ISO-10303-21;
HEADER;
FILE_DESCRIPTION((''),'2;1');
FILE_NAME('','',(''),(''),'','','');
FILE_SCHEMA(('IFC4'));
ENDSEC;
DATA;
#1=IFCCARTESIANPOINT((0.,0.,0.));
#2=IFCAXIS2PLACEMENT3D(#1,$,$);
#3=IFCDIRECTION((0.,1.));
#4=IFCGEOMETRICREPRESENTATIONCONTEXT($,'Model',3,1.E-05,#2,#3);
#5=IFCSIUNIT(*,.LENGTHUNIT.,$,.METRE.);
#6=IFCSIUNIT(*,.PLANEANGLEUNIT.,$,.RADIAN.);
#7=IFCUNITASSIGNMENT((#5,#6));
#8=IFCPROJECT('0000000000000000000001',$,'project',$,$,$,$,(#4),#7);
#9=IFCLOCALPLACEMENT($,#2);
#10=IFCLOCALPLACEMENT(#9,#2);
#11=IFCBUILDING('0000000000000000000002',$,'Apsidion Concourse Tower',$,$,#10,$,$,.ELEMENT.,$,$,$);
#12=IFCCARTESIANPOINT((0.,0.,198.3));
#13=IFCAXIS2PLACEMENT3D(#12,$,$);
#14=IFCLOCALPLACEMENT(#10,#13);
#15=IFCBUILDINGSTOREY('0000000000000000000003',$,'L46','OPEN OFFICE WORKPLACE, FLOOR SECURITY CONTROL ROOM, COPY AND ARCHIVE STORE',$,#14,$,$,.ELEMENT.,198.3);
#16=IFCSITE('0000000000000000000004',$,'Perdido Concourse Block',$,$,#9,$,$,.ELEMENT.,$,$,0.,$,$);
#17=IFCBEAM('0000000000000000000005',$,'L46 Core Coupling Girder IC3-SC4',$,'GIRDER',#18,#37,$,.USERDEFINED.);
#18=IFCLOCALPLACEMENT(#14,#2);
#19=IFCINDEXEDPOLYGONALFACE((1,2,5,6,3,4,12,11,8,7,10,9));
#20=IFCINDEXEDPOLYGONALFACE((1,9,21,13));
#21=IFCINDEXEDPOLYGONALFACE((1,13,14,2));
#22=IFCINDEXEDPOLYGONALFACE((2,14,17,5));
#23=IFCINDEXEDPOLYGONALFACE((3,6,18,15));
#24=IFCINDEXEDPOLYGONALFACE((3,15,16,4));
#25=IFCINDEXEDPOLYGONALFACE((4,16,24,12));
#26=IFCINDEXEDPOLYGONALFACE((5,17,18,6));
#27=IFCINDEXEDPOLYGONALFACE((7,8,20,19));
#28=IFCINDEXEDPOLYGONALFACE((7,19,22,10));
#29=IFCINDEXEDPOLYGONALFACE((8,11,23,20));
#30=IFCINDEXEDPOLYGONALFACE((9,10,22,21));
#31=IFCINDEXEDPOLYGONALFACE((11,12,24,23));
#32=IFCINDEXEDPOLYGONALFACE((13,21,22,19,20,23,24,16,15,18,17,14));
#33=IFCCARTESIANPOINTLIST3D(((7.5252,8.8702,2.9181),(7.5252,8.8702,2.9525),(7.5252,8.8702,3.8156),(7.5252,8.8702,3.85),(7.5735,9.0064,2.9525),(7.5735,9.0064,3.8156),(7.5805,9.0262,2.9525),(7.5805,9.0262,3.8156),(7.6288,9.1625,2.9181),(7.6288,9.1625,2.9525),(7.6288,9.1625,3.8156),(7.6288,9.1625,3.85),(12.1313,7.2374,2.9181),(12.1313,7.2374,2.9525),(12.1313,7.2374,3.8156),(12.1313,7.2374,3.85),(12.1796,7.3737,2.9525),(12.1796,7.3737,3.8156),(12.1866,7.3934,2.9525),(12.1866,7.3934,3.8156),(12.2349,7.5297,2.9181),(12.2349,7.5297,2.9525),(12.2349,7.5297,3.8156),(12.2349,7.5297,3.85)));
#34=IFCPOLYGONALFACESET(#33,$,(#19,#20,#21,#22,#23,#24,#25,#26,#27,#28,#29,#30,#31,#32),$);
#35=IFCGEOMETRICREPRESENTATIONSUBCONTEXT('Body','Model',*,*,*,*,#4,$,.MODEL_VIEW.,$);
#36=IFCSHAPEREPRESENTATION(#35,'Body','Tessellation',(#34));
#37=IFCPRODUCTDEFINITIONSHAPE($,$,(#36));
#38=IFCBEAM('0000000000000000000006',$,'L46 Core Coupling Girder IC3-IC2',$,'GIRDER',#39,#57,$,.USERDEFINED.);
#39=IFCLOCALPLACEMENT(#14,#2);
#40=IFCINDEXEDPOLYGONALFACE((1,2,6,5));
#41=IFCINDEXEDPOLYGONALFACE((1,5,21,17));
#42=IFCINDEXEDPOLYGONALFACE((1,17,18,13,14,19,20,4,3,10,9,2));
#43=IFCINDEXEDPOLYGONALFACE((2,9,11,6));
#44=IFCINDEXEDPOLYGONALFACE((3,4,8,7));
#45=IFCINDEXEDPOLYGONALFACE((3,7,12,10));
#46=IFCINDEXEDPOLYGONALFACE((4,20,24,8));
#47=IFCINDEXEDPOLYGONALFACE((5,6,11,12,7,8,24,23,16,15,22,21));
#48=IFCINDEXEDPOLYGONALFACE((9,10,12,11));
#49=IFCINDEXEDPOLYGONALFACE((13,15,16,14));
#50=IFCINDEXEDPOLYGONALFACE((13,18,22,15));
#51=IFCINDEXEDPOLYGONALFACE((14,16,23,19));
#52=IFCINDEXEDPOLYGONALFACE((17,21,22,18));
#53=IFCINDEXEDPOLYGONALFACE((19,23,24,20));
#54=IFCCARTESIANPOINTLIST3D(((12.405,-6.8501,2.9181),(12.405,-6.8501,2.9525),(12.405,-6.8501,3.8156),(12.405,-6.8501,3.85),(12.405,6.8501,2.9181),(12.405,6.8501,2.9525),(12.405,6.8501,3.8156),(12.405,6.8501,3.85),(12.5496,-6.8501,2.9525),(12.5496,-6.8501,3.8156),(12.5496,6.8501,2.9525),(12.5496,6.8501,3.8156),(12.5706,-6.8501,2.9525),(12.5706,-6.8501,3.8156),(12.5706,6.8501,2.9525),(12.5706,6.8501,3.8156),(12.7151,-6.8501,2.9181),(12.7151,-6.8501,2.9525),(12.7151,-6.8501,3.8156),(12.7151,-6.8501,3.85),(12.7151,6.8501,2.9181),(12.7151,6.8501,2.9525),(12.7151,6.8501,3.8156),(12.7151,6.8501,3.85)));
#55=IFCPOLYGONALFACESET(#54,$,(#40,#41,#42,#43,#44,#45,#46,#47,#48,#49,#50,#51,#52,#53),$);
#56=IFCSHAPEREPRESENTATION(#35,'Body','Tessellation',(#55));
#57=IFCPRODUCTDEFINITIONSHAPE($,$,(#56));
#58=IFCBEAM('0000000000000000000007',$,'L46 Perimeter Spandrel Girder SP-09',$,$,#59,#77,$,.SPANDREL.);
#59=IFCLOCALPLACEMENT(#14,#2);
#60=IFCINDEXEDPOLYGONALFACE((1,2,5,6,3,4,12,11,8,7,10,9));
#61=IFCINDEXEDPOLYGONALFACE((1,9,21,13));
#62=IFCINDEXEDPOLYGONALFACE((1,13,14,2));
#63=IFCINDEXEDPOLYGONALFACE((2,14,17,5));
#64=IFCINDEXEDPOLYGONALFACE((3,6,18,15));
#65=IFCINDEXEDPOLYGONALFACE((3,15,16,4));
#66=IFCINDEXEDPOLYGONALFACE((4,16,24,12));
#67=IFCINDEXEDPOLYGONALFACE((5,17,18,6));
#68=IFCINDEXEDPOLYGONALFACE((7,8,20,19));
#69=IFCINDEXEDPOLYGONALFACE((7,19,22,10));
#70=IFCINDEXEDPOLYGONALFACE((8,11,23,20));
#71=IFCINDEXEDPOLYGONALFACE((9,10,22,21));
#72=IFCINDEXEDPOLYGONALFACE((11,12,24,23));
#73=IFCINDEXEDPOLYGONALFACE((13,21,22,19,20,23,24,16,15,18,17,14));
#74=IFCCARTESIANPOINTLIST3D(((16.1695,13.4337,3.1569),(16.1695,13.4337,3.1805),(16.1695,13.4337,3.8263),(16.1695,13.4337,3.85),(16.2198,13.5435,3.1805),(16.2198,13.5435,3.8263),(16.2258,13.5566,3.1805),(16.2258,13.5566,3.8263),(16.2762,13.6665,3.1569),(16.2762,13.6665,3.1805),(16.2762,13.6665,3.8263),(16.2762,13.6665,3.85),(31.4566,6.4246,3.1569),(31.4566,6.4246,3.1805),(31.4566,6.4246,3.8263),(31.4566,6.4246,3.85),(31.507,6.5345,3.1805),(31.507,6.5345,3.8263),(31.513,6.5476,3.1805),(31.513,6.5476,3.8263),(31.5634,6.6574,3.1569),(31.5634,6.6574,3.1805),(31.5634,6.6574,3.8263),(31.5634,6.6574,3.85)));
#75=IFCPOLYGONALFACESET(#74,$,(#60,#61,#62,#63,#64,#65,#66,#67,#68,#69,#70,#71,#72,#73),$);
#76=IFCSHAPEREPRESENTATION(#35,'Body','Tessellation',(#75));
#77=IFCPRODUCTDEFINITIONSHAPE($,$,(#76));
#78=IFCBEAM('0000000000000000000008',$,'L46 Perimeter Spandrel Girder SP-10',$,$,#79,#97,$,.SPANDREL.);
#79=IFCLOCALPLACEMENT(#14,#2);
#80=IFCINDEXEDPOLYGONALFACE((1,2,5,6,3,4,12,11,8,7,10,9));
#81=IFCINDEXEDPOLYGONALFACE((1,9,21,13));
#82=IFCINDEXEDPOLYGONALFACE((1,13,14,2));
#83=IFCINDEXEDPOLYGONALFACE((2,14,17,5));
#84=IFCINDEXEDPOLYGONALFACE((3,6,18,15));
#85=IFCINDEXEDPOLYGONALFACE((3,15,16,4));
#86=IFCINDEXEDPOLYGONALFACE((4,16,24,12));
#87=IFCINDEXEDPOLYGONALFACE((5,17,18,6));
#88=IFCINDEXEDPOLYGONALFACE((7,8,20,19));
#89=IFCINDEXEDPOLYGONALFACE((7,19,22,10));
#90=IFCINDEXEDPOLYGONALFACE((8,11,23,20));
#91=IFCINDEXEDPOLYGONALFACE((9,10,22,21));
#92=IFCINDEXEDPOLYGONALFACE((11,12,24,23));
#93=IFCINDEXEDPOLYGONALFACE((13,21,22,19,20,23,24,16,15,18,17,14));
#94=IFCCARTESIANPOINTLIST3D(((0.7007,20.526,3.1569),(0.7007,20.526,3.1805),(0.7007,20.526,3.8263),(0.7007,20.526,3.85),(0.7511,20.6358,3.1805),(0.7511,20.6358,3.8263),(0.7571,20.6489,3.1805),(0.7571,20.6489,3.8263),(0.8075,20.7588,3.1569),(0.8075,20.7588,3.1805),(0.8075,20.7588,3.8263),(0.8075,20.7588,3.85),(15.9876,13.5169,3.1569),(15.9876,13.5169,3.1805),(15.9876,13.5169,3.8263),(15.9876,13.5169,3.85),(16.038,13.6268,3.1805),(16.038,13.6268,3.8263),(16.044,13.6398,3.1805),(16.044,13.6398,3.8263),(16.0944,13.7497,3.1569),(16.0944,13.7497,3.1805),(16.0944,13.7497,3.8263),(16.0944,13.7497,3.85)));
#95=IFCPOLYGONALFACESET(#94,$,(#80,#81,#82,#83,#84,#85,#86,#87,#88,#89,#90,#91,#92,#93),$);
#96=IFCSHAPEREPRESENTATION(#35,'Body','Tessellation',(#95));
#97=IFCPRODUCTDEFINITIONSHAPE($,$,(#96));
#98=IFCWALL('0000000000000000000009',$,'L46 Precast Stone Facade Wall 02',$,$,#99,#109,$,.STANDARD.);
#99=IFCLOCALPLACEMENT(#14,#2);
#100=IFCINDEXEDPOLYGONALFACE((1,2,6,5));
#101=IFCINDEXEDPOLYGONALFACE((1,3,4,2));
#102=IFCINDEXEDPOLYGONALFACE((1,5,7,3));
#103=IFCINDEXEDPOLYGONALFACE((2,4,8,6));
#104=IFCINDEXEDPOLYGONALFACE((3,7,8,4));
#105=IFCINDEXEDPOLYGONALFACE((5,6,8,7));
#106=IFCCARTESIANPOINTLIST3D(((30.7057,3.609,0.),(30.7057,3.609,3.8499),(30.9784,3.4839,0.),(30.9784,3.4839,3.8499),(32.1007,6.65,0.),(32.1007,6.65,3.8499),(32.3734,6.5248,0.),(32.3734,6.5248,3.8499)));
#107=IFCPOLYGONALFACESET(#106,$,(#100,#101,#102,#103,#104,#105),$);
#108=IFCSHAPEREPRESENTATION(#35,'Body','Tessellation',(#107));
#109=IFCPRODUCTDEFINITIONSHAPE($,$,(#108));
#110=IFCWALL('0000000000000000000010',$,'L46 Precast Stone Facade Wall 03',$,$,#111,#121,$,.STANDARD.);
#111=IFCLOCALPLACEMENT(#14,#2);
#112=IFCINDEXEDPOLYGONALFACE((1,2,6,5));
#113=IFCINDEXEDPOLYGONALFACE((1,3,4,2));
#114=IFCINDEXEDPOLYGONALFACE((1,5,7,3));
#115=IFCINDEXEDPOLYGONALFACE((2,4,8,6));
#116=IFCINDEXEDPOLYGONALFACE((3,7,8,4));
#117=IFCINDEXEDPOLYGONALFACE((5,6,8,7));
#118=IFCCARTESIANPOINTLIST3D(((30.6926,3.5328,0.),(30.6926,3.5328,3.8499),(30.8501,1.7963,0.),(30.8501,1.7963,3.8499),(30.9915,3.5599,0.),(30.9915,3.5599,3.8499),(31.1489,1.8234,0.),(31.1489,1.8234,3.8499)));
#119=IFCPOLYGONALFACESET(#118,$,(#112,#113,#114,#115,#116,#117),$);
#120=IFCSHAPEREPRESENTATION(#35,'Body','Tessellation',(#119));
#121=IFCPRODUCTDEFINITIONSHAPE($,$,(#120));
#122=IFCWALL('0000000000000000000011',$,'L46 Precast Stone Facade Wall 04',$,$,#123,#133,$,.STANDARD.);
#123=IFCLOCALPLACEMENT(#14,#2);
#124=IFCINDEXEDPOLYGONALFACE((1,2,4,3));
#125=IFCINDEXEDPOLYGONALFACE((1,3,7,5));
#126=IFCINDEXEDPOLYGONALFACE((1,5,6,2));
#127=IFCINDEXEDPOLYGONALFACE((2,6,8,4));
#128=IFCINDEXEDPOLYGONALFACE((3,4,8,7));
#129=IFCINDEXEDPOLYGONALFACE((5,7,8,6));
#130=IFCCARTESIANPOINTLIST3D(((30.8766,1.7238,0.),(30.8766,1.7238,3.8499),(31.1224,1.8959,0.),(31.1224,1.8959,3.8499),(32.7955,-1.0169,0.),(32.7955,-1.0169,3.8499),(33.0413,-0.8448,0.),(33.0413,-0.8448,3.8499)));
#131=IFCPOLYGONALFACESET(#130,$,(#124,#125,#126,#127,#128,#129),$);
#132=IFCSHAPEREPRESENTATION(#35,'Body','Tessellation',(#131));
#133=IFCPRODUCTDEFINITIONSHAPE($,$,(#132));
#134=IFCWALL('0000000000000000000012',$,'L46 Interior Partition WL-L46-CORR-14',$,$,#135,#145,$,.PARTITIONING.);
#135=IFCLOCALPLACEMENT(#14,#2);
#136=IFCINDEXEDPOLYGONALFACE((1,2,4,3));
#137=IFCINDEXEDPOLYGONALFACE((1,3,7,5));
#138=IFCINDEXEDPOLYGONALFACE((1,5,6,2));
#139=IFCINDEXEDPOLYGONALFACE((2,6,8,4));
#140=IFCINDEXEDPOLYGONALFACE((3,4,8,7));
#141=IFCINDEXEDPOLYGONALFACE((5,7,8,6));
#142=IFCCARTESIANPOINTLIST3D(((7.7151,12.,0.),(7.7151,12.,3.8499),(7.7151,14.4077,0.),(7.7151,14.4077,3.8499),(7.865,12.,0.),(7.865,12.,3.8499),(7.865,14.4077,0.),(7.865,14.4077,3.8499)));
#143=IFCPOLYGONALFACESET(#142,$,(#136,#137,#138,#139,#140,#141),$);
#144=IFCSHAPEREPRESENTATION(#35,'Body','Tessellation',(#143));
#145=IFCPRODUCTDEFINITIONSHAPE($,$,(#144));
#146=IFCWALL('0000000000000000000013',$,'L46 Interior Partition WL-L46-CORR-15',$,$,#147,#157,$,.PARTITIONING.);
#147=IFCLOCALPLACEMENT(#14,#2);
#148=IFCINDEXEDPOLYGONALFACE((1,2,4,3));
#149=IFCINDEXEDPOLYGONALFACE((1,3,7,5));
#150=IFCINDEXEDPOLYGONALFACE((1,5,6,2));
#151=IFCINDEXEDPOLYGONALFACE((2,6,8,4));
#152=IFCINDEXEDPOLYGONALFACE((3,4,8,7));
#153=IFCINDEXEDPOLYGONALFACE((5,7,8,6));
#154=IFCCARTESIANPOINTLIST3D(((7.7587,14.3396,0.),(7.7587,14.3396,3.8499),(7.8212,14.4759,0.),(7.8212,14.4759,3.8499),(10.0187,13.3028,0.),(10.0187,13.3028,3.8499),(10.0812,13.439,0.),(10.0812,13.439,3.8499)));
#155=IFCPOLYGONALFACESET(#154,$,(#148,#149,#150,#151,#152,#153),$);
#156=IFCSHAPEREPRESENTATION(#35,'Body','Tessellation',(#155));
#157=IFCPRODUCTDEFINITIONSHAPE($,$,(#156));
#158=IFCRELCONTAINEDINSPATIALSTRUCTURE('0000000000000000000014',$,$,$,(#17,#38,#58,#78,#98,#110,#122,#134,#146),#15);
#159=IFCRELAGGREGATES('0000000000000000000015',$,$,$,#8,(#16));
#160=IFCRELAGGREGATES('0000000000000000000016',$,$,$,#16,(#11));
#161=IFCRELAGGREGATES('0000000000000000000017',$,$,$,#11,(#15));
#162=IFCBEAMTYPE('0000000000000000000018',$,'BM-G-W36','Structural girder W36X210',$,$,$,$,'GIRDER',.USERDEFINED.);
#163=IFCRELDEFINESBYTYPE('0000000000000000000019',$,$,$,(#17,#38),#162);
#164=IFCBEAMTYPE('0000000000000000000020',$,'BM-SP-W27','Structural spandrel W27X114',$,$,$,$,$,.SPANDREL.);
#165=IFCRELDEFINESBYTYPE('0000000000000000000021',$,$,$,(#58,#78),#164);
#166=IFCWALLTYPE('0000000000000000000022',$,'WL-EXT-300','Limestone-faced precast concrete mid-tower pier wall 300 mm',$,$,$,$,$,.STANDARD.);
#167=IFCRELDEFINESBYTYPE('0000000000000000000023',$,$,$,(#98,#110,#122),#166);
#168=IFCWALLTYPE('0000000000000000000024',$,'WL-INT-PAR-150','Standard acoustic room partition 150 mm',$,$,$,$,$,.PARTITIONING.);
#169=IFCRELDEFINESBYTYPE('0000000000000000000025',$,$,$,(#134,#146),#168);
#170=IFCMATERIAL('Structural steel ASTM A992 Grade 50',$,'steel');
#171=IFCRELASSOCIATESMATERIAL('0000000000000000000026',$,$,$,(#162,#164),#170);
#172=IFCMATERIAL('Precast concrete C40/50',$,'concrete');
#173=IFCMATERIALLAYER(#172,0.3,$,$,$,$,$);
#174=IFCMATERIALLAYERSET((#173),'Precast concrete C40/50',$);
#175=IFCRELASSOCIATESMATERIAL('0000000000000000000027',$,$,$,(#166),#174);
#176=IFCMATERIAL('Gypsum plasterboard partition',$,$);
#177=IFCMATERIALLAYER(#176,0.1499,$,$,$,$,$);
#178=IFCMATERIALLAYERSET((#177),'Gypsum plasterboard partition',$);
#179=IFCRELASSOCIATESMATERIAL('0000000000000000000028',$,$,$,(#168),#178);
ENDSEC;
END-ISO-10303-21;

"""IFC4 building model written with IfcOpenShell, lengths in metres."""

from ifc_helpers import new_model, si_unit, direction, frame, frame_2d, origin, origin_2d, place, context, subcontext, project, spatial, rectangle, i_section, extrude, material, layer, layer_set, material_profile, profile_set, type_object, element, save


model = new_model("IFC4")

# Units and contexts
model_context = context("Model", 3, precision=1e-05, world=origin(), true_north=direction((0.0, 1.0)))
body_context = subcontext(model_context, "Body", "Model", "MODEL_VIEW")
ifc_project = project(units=[si_unit("LENGTHUNIT", "METRE"), si_unit("PLANEANGLEUNIT", "RADIAN")], contexts=[model_context])

# Site, building, storey
site_placement = place(None, origin())
site = spatial("IfcSite", under=ifc_project, at=site_placement, Name="Perdido Concourse Block", CompositionType="ELEMENT", RefElevation=0.0)
building_placement = place(site_placement, origin())
building = spatial("IfcBuilding", under=site, at=building_placement, Name="Apsidion Concourse Tower", CompositionType="ELEMENT")
storey_placement = place(building_placement, frame((0.0, 0.0, 198.3)))
storey = spatial("IfcBuildingStorey", under=building, at=storey_placement, Name="L46", Description="OPEN OFFICE WORKPLACE, FLOOR SECURITY CONTROL ROOM, COPY AND ARCHIVE STORE", CompositionType="ELEMENT", Elevation=198.3)

# Shared definitions
ifc_material_1 = material(Name="Structural steel ASTM A992 Grade 50", Category="steel")

# Beams
ifc_material_profile_1 = material_profile(ifc_material_1, i_section(OverallWidth=0.3101, OverallDepth=0.9319, WebThickness=0.021, FlangeThickness=0.0344, at=origin_2d()), Name="W36X210")
ifc_profile_set_1 = profile_set([ifc_material_profile_1], Name="Structural steel ASTM A992 Grade 50")
beam_type_1 = type_object("IfcBeamType", Name="BM-G-W36", Description="Structural girder W36X210", ElementType="GIRDER", PredefinedType="USERDEFINED", material=ifc_profile_set_1)
beam_1_placement = place(storey_placement, frame((12.1831, 7.3835, 3.384), z_axis=(-0.942534, 0.334111, 0.0), x_axis=(-0.334111, -0.942534, 0.0)))
element("IfcBeam", 1, at=beam_1_placement, inside=storey, type_object=beam_type_1, Name="L46 Core Coupling Girder IC3-SC4", ObjectType="GIRDER", PredefinedType="USERDEFINED", context=body_context, shape_type="SweptSolid", body=[
    extrude(i_section(OverallWidth=0.3101, OverallDepth=0.9319, WebThickness=0.021, FlangeThickness=0.0344, at=origin_2d()), origin(), (0.0, 0.0, 1.0), 4.887),
])
beam_2_placement = place(storey_placement, frame((12.5601, 6.8501, 3.384), z_axis=(0.0, -1.0, 0.0), x_axis=(1.0, 0.0, 0.0)))
element("IfcBeam", 2, at=beam_2_placement, inside=storey, type_object=beam_type_1, Name="L46 Core Coupling Girder IC3-IC2", ObjectType="GIRDER", PredefinedType="USERDEFINED", context=body_context, shape_type="SweptSolid", body=[
    extrude(i_section(OverallWidth=0.3101, OverallDepth=0.9319, WebThickness=0.021, FlangeThickness=0.0344, at=origin_2d()), origin(), (0.0, 0.0, 1.0), 13.7002),
])
ifc_material_profile_2 = material_profile(ifc_material_1, i_section(OverallWidth=0.2561, OverallDepth=0.6931, WebThickness=0.0144, FlangeThickness=0.0237, at=origin_2d()), Name="W27X114")
ifc_profile_set_2 = profile_set([ifc_material_profile_2], Name="Structural steel ASTM A992 Grade 50")
beam_type_2 = type_object("IfcBeamType", Name="BM-SP-W27", Description="Structural spandrel W27X114", PredefinedType="SPANDREL", material=ifc_profile_set_2)
beam_3_placement = place(storey_placement, frame((31.51, 6.541, 3.5034), z_axis=(-0.90901, 0.416775, 0.0), x_axis=(-0.416775, -0.90901, 0.0)))
element("IfcBeam", 3, at=beam_3_placement, inside=storey, type_object=beam_type_2, Name="L46 Perimeter Spandrel Girder SP-09", PredefinedType="SPANDREL", context=body_context, shape_type="SweptSolid", body=[
    extrude(i_section(OverallWidth=0.2561, OverallDepth=0.6931, WebThickness=0.0144, FlangeThickness=0.0237, at=origin_2d()), origin(), (0.0, 0.0, 1.0), 16.8174),
])
beam_4_placement = place(storey_placement, frame((16.041, 13.6333, 3.5034), z_axis=(-0.909007, 0.41678, 0.0), x_axis=(-0.41678, -0.909007, 0.0)))
element("IfcBeam", 4, at=beam_4_placement, inside=storey, type_object=beam_type_2, Name="L46 Perimeter Spandrel Girder SP-10", PredefinedType="SPANDREL", context=body_context, shape_type="SweptSolid", body=[
    extrude(i_section(OverallWidth=0.2561, OverallDepth=0.6931, WebThickness=0.0144, FlangeThickness=0.0237, at=origin_2d()), origin(), (0.0, 0.0, 1.0), 16.8171),
])

# Walls
ifc_material_2 = material(Name="Precast concrete C40/50", Category="concrete")
ifc_layer_1 = layer(ifc_material_2, 0.3)
ifc_layer_set_1 = layer_set([ifc_layer_1], Name="Precast concrete C40/50")
wall_type_1 = type_object("IfcWallType", Name="WL-EXT-300", Description="Limestone-faced precast concrete mid-tower pier wall 300 mm", PredefinedType="STANDARD", material=ifc_layer_set_1)
wall_1_placement = place(storey_placement, frame((32.2371, 6.5874, 0.0), z_axis=(0.0, 0.0, 1.0), x_axis=(-0.416956, -0.908927, 0.0)))
element("IfcWall", 5, at=wall_1_placement, inside=storey, type_object=wall_type_1, Name="L46 Precast Stone Facade Wall 02", PredefinedType="STANDARD", context=body_context, shape_type="SweptSolid", body=[
    extrude(rectangle(XDim=3.3457, YDim=0.3, at=frame_2d((1.6729, 0.0))), origin(), (0.0, 0.0, 1.0), 3.8499),
])
wall_2_placement = place(storey_placement, frame((30.842, 3.5464, 0.0), z_axis=(0.0, 0.0, 1.0), x_axis=(0.090309, -0.995914, 0.0)))
element("IfcWall", 6, at=wall_2_placement, inside=storey, type_object=wall_type_1, Name="L46 Precast Stone Facade Wall 03", PredefinedType="STANDARD", context=body_context, shape_type="SweptSolid", body=[
    extrude(rectangle(XDim=1.7437, YDim=0.3, at=frame_2d((0.8718, 0.0))), origin(), (0.0, 0.0, 1.0), 3.8499),
])
wall_3_placement = place(storey_placement, frame((30.9995, 1.8098, 0.0), z_axis=(0.0, 0.0, 1.0), x_axis=(0.57355, -0.81917, 0.0)))
element("IfcWall", 7, at=wall_3_placement, inside=storey, type_object=wall_type_1, Name="L46 Precast Stone Facade Wall 04", PredefinedType="STANDARD", context=body_context, shape_type="SweptSolid", body=[
    extrude(rectangle(XDim=3.3457, YDim=0.3, at=frame_2d((1.6729, 0.0))), origin(), (0.0, 0.0, 1.0), 3.8499),
])
ifc_material_3 = material(Name="Gypsum plasterboard partition")
ifc_layer_2 = layer(ifc_material_3, 0.1499)
ifc_layer_set_2 = layer_set([ifc_layer_2], Name="Gypsum plasterboard partition")
wall_type_2 = type_object("IfcWallType", Name="WL-INT-PAR-150", Description="Standard acoustic room partition 150 mm", PredefinedType="PARTITIONING", material=ifc_layer_set_2)
wall_4_placement = place(storey_placement, frame((7.79, 12.0, 0.0), z_axis=(0.0, 0.0, 1.0), x_axis=(0.0, 1.0, 0.0)))
element("IfcWall", 8, at=wall_4_placement, inside=storey, type_object=wall_type_2, Name="L46 Interior Partition WL-L46-CORR-14", PredefinedType="PARTITIONING", context=body_context, shape_type="SweptSolid", body=[
    extrude(rectangle(XDim=2.4077, YDim=0.1499, at=frame_2d((1.2039, 0.0))), origin(), (0.0, 0.0, 1.0), 3.8499),
])
wall_5_placement = place(storey_placement, frame((7.79, 14.4077, 0.0), z_axis=(0.0, 0.0, 1.0), x_axis=(0.908908, -0.416996, 0.0)))
element("IfcWall", 9, at=wall_5_placement, inside=storey, type_object=wall_type_2, Name="L46 Interior Partition WL-L46-CORR-15", PredefinedType="PARTITIONING", context=body_context, shape_type="SweptSolid", body=[
    extrude(rectangle(XDim=2.4866, YDim=0.1499, at=frame_2d((1.2432, 0.0))), origin(), (0.0, 0.0, 1.0), 3.8499),
])

save(model, "model.ifc")
